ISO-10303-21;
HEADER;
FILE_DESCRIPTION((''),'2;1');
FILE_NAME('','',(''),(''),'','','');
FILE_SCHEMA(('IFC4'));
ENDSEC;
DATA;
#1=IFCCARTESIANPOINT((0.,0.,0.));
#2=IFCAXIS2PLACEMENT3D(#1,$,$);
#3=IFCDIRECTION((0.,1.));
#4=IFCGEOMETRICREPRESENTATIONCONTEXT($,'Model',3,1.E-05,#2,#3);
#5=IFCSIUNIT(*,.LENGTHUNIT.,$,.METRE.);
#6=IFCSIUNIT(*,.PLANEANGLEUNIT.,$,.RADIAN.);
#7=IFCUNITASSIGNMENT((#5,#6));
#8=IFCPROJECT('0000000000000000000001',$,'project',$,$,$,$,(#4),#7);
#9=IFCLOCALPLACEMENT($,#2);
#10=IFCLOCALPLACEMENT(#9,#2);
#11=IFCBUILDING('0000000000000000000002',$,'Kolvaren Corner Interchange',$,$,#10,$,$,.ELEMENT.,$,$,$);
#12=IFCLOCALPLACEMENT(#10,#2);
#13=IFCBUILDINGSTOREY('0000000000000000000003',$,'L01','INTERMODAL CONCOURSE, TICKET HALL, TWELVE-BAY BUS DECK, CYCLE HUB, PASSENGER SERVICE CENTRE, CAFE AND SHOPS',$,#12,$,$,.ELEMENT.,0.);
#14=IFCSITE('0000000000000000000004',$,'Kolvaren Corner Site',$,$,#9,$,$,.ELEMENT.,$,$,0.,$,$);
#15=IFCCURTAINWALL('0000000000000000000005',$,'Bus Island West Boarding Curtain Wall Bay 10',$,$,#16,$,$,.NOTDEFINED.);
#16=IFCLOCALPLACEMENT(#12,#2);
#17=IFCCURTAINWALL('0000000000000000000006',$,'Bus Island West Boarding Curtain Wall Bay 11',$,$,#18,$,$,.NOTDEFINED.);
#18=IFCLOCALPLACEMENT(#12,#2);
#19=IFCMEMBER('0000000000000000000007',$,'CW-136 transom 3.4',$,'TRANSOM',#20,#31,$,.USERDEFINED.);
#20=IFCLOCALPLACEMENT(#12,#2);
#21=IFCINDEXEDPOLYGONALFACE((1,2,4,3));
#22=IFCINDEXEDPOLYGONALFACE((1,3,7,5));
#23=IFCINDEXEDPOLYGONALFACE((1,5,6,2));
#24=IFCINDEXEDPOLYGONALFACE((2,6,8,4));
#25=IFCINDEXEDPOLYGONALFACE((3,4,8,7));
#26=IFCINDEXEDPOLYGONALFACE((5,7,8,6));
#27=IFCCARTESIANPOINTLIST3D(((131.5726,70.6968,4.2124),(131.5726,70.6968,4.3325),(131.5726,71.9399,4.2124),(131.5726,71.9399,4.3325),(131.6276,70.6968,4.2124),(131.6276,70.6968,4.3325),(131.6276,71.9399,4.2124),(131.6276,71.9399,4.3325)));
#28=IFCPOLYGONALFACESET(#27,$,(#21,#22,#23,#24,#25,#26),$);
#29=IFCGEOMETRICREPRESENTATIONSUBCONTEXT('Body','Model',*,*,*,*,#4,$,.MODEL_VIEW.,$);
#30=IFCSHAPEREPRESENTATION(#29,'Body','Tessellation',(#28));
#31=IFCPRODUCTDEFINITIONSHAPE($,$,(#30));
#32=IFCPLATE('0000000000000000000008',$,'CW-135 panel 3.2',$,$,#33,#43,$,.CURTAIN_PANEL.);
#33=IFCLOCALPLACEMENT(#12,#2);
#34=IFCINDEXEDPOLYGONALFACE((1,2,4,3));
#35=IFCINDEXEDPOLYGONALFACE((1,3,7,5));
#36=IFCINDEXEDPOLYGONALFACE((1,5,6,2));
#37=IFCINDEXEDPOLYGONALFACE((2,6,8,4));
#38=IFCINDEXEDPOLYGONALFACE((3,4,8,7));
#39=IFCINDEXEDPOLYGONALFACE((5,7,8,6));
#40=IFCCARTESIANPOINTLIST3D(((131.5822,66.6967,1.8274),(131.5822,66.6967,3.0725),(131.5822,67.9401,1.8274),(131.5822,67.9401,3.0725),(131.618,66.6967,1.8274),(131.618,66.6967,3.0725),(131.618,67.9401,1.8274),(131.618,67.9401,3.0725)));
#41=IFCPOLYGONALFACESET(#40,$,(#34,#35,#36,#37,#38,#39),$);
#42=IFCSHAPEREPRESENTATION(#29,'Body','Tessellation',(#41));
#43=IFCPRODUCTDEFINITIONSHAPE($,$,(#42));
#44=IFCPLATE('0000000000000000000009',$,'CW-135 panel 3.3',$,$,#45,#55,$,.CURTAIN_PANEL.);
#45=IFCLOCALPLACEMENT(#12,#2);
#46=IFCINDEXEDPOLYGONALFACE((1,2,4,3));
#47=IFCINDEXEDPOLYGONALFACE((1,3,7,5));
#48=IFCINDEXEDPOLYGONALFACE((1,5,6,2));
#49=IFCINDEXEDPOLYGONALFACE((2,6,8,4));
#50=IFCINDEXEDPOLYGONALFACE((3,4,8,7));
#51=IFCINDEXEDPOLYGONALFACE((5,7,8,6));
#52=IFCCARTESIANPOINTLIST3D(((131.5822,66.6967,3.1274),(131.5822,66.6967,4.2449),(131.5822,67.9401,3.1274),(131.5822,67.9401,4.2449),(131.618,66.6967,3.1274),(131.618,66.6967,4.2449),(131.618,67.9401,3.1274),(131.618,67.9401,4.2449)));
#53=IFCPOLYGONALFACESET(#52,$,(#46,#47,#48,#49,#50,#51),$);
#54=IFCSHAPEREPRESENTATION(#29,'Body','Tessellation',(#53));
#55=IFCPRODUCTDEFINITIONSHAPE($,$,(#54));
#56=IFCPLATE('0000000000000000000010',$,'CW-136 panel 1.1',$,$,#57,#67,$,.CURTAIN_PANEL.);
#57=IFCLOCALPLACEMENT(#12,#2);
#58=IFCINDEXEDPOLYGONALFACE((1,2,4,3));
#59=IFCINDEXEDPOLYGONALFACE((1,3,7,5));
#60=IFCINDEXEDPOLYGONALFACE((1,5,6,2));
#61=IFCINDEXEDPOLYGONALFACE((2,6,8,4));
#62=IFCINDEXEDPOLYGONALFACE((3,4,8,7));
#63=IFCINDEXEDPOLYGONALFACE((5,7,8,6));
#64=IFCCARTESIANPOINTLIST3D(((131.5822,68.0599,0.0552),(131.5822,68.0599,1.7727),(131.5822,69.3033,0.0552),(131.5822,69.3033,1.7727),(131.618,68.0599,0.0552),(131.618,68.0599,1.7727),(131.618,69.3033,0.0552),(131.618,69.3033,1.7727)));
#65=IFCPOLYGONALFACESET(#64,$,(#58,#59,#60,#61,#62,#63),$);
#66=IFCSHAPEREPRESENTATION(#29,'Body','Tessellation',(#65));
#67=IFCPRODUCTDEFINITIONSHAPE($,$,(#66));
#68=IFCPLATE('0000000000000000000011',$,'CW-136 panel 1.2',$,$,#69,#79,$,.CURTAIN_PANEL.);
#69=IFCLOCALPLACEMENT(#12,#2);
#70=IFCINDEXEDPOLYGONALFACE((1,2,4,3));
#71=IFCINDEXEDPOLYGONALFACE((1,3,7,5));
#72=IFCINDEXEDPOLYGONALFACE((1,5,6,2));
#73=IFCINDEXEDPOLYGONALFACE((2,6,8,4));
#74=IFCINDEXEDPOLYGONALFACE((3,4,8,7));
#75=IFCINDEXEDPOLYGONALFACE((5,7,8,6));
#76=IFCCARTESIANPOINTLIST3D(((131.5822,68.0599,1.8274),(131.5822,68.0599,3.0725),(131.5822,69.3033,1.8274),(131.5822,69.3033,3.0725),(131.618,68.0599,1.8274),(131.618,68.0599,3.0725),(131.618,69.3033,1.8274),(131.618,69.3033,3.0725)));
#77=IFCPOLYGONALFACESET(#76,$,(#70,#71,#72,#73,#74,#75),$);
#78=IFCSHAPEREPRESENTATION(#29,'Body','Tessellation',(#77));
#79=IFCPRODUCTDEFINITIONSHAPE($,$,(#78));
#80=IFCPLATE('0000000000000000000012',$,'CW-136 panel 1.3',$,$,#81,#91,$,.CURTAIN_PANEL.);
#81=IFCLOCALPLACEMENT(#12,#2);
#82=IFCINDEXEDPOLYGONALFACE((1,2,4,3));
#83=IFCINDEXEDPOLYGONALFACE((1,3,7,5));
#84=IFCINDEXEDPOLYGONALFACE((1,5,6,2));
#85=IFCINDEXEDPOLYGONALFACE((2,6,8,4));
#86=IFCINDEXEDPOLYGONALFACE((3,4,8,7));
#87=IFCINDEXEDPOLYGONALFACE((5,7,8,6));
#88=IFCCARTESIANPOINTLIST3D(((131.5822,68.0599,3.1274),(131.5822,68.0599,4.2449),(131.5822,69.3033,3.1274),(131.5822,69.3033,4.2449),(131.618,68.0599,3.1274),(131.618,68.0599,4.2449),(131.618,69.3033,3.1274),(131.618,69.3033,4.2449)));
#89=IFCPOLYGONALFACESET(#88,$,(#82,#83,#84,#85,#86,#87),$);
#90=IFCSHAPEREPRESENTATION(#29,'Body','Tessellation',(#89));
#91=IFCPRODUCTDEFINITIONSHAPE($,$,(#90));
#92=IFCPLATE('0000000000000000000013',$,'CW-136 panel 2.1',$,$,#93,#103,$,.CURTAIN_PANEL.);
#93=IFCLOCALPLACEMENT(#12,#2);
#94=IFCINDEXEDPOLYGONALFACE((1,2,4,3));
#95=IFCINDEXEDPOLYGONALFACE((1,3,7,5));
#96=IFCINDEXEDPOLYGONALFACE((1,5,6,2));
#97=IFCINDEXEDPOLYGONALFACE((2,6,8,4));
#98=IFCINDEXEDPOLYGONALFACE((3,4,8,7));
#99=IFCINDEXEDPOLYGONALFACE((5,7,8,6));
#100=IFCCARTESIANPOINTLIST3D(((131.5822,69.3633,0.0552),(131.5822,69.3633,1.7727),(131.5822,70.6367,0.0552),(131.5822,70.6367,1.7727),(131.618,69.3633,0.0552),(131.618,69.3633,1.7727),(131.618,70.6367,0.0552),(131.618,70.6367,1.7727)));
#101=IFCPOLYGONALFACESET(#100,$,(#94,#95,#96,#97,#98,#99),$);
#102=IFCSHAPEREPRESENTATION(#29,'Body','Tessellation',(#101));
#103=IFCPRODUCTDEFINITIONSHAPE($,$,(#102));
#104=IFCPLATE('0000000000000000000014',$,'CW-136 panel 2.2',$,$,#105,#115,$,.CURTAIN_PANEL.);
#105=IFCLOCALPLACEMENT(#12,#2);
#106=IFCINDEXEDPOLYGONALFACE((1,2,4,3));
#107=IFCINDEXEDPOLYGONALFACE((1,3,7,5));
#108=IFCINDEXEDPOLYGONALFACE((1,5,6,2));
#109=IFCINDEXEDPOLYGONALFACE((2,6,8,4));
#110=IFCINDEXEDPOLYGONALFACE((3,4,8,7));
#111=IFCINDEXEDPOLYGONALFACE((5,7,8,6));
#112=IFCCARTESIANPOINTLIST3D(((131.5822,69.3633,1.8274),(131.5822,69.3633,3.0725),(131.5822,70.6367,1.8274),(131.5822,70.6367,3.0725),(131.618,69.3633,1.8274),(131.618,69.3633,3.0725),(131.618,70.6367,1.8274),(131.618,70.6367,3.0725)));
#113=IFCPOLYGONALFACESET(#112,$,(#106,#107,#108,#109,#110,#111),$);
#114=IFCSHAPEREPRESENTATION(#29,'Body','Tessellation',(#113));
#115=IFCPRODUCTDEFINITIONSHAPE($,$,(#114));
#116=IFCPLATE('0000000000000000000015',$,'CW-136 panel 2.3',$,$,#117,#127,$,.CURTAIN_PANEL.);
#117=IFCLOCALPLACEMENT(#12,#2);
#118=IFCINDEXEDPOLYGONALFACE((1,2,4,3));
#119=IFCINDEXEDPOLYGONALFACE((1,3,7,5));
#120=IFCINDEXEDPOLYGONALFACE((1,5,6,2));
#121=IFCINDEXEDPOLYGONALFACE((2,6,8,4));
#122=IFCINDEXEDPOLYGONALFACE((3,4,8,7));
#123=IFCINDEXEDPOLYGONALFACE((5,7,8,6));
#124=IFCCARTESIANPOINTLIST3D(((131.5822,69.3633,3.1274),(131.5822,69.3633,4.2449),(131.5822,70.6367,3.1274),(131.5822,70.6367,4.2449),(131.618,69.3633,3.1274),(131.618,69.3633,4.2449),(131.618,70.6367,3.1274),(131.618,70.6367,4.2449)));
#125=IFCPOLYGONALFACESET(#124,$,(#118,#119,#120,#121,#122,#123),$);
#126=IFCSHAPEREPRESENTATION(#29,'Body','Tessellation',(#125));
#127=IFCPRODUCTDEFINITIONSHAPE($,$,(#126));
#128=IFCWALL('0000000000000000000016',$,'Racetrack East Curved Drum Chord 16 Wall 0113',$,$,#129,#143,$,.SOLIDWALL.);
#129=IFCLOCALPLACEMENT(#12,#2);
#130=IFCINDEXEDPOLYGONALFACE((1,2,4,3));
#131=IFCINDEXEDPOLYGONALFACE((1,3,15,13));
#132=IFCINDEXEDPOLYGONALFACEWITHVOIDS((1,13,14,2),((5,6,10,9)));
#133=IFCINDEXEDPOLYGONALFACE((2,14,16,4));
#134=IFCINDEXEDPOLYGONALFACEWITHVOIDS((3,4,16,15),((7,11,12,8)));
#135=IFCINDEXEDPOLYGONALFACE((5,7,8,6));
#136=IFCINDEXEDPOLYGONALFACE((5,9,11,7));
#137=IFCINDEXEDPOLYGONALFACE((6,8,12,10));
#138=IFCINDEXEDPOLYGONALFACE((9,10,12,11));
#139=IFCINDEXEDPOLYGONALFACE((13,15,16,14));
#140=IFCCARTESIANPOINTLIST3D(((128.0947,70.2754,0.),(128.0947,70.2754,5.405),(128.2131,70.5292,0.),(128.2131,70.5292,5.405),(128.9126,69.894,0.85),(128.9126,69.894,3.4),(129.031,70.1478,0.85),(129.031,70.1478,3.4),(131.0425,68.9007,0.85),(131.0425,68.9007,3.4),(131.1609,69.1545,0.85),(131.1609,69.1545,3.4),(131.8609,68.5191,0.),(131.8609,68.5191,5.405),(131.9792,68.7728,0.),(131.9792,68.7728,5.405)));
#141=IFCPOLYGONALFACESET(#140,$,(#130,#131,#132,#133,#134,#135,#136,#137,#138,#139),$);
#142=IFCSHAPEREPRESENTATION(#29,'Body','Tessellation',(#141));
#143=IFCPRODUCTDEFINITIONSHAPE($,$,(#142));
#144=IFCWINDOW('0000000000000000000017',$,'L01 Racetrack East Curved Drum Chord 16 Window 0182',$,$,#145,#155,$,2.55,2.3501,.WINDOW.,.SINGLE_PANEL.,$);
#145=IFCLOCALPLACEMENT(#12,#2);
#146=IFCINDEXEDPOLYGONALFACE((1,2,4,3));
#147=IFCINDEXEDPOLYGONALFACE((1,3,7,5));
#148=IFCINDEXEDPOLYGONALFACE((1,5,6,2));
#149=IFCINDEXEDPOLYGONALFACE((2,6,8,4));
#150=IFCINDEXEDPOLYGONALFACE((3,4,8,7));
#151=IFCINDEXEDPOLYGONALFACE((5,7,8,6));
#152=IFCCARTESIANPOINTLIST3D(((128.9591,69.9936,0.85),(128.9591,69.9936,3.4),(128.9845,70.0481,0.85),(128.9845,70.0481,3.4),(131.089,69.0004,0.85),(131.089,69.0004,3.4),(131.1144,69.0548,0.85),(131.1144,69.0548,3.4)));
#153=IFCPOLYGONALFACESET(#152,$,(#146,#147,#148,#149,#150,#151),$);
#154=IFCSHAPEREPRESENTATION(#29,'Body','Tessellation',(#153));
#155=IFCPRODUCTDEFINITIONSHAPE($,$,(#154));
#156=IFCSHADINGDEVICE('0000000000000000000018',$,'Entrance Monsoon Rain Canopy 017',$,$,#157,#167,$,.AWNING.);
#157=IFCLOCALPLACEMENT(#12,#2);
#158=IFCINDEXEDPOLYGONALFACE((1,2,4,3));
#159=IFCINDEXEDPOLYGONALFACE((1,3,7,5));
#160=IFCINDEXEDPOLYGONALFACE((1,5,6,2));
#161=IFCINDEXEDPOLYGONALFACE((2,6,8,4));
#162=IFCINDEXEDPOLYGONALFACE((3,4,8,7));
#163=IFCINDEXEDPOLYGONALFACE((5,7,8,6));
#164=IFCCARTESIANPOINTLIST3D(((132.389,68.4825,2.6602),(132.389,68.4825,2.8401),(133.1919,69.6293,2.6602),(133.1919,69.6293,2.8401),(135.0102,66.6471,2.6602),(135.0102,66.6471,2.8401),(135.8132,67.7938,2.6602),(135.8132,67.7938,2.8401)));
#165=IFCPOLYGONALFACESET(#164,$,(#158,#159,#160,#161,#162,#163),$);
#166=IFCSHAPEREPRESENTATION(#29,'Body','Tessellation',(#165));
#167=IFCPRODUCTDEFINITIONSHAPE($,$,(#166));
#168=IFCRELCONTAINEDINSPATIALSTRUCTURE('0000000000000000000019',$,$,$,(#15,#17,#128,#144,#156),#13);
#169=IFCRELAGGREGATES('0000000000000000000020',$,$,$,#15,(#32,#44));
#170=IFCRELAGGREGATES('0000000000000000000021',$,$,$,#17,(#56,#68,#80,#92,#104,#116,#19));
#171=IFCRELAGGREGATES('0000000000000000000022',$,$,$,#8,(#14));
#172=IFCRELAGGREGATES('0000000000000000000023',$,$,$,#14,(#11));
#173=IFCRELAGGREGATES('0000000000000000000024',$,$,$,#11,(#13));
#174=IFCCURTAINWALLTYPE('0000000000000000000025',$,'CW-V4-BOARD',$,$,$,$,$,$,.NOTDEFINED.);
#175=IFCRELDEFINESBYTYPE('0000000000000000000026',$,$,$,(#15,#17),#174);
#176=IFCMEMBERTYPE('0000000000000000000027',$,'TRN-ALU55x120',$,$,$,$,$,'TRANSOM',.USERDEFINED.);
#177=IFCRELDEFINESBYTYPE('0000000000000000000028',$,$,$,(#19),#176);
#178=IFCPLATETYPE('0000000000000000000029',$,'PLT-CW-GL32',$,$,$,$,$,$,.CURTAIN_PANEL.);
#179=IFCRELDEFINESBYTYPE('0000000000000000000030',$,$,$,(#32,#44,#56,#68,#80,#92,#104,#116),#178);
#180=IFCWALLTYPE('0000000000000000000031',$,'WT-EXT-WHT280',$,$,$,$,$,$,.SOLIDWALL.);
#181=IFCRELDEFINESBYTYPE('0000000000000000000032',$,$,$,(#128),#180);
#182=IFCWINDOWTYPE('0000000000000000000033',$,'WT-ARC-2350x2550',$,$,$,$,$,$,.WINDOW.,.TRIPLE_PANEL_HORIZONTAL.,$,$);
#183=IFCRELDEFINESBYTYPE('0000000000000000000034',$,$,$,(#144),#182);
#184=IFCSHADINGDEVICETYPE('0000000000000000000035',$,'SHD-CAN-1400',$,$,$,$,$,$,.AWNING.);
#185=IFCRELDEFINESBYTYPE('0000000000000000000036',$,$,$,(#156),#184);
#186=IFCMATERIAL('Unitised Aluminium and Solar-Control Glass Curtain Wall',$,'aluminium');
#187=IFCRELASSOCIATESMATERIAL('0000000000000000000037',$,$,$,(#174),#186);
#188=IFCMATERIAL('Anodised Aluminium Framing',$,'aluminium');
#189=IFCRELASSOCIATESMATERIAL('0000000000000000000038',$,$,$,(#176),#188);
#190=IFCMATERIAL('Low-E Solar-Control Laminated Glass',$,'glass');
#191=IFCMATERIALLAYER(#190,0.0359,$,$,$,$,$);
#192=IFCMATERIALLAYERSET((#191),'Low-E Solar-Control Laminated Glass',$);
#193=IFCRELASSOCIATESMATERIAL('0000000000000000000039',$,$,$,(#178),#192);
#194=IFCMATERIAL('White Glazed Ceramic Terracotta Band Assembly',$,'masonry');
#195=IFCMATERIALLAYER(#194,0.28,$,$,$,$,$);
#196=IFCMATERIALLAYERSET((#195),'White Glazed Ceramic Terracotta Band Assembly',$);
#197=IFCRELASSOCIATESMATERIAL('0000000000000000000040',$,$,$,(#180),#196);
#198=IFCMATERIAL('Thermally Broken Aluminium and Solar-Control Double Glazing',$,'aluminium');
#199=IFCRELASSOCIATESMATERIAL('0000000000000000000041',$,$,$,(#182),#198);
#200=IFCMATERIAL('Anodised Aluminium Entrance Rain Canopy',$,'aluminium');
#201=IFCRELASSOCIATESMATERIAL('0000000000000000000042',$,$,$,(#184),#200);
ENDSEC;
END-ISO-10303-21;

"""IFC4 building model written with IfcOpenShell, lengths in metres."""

from ifc_helpers import new_model, si_unit, direction, frame, frame_2d, origin, origin_2d, place, context, subcontext, project, spatial, rectangle, extrude, material, layer, layer_set, material_profile, profile_set, type_object, element, fill, aggregate, save


model = new_model("IFC4")

# Units and contexts
model_context = context("Model", 3, precision=1e-05, world=origin(), true_north=direction((0.0, 1.0)))
body_context = subcontext(model_context, "Body", "Model", "MODEL_VIEW")
ifc_project = project(units=[si_unit("LENGTHUNIT", "METRE"), si_unit("PLANEANGLEUNIT", "RADIAN")], contexts=[model_context])

# Site, building, storey
site_placement = place(None, origin())
site = spatial("IfcSite", under=ifc_project, at=site_placement, Name="Kolvaren Corner Site", CompositionType="ELEMENT", RefElevation=0.0)
building_placement = place(site_placement, origin())
building = spatial("IfcBuilding", under=site, at=building_placement, Name="Kolvaren Corner Interchange", CompositionType="ELEMENT")
storey_placement = place(building_placement, origin())
storey = spatial("IfcBuildingStorey", under=building, at=storey_placement, Name="L01", Description="INTERMODAL CONCOURSE, TICKET HALL, TWELVE-BAY BUS DECK, CYCLE HUB, PASSENGER SERVICE CENTRE, CAFE AND SHOPS", CompositionType="ELEMENT", Elevation=0.0)

# Curtain wall
ifc_material_1 = material(Name="Unitised Aluminium and Solar-Control Glass Curtain Wall", Category="aluminium")
curtain_wall_type = type_object("IfcCurtainWallType", Name="CW-V4-BOARD", PredefinedType="NOTDEFINED", material=ifc_material_1)
curtain_wall_1_placement = place(storey_placement, origin())
curtain_wall_1 = element("IfcCurtainWall", 1, at=curtain_wall_1_placement, inside=storey, type_object=curtain_wall_type, Name="Bus Island West Boarding Curtain Wall Bay 10", PredefinedType="NOTDEFINED")

# Curtain wall, member
curtain_wall_2_placement = place(storey_placement, origin())
curtain_wall_2 = element("IfcCurtainWall", 2, at=curtain_wall_2_placement, inside=storey, type_object=curtain_wall_type, Name="Bus Island West Boarding Curtain Wall Bay 11", PredefinedType="NOTDEFINED")
ifc_material_2 = material(Name="Anodised Aluminium Framing", Category="aluminium")
ifc_material_profile_1 = material_profile(ifc_material_2, rectangle(XDim=0.0549, YDim=0.1201, at=origin_2d()), Name="ALU 55x120")
ifc_profile_set_1 = profile_set([ifc_material_profile_1], Name="Anodised Aluminium Framing")
member_type_1 = type_object("IfcMemberType", Name="TRN-ALU55x120", ElementType="TRANSOM", PredefinedType="USERDEFINED", material=ifc_profile_set_1)
member_1_placement = place(storey_placement, frame((131.6001, 70.6968, 4.2725), z_axis=(0.0, 1.0, 0.0), x_axis=(-1.0, 0.0, 0.0)))
member_1 = element("IfcMember", 3, at=member_1_placement, type_object=member_type_1, Name="CW-136 transom 3.4", ObjectType="TRANSOM", PredefinedType="USERDEFINED", context=body_context, shape_type="SweptSolid", body=[
    extrude(rectangle(XDim=0.0549, YDim=0.1201, at=origin_2d()), origin(), (0.0, 0.0, 1.0), 1.2432),
])

# Plates
ifc_material_3 = material(Name="Low-E Solar-Control Laminated Glass", Category="glass")
ifc_layer_1 = layer(ifc_material_3, 0.0359)
ifc_layer_set_1 = layer_set([ifc_layer_1], Name="Low-E Solar-Control Laminated Glass")
plate_type = type_object("IfcPlateType", Name="PLT-CW-GL32", PredefinedType="CURTAIN_PANEL", material=ifc_layer_set_1)
plate_1_placement = place(storey_placement, frame((131.6001, 67.3184, 1.8274), z_axis=(0.0, 0.0, 1.0), x_axis=(0.0, 1.0, 0.0)))
plate_1 = element("IfcPlate", 4, at=plate_1_placement, type_object=plate_type, Name="CW-135 panel 3.2", PredefinedType="CURTAIN_PANEL", context=body_context, shape_type="SweptSolid", body=[
    extrude(rectangle(XDim=1.2434, YDim=0.0359, at=origin_2d()), origin(), (0.0, 0.0, 1.0), 1.2451),
])
plate_2_placement = place(storey_placement, frame((131.6001, 67.3184, 3.1274), z_axis=(0.0, 0.0, 1.0), x_axis=(0.0, 1.0, 0.0)))
plate_2 = element("IfcPlate", 5, at=plate_2_placement, type_object=plate_type, Name="CW-135 panel 3.3", PredefinedType="CURTAIN_PANEL", context=body_context, shape_type="SweptSolid", body=[
    extrude(rectangle(XDim=1.2434, YDim=0.0359, at=origin_2d()), origin(), (0.0, 0.0, 1.0), 1.1174),
])
aggregate(curtain_wall_1, [plate_1, plate_2])
plate_3_placement = place(storey_placement, frame((131.6001, 68.6816, 0.0552), z_axis=(0.0, 0.0, 1.0), x_axis=(0.0, 1.0, 0.0)))
plate_3 = element("IfcPlate", 6, at=plate_3_placement, type_object=plate_type, Name="CW-136 panel 1.1", PredefinedType="CURTAIN_PANEL", context=body_context, shape_type="SweptSolid", body=[
    extrude(rectangle(XDim=1.2434, YDim=0.0359, at=origin_2d()), origin(), (0.0, 0.0, 1.0), 1.7175),
])
plate_4_placement = place(storey_placement, frame((131.6001, 68.6816, 1.8274), z_axis=(0.0, 0.0, 1.0), x_axis=(0.0, 1.0, 0.0)))
plate_4 = element("IfcPlate", 7, at=plate_4_placement, type_object=plate_type, Name="CW-136 panel 1.2", PredefinedType="CURTAIN_PANEL", context=body_context, shape_type="SweptSolid", body=[
    extrude(rectangle(XDim=1.2434, YDim=0.0359, at=origin_2d()), origin(), (0.0, 0.0, 1.0), 1.2451),
])
plate_5_placement = place(storey_placement, frame((131.6001, 68.6816, 3.1274), z_axis=(0.0, 0.0, 1.0), x_axis=(0.0, 1.0, 0.0)))
plate_5 = element("IfcPlate", 8, at=plate_5_placement, type_object=plate_type, Name="CW-136 panel 1.3", PredefinedType="CURTAIN_PANEL", context=body_context, shape_type="SweptSolid", body=[
    extrude(rectangle(XDim=1.2434, YDim=0.0359, at=origin_2d()), origin(), (0.0, 0.0, 1.0), 1.1174),
])
plate_6_placement = place(storey_placement, frame((131.6001, 70.0, 0.0552), z_axis=(0.0, 0.0, 1.0), x_axis=(0.0, 1.0, 0.0)))
plate_6 = element("IfcPlate", 9, at=plate_6_placement, type_object=plate_type, Name="CW-136 panel 2.1", PredefinedType="CURTAIN_PANEL", context=body_context, shape_type="SweptSolid", body=[
    extrude(rectangle(XDim=1.2734, YDim=0.0359, at=origin_2d()), origin(), (0.0, 0.0, 1.0), 1.7175),
])
plate_7_placement = place(storey_placement, frame((131.6001, 70.0, 1.8274), z_axis=(0.0, 0.0, 1.0), x_axis=(0.0, 1.0, 0.0)))
plate_7 = element("IfcPlate", 10, at=plate_7_placement, type_object=plate_type, Name="CW-136 panel 2.2", PredefinedType="CURTAIN_PANEL", context=body_context, shape_type="SweptSolid", body=[
    extrude(rectangle(XDim=1.2734, YDim=0.0359, at=origin_2d()), origin(), (0.0, 0.0, 1.0), 1.2451),
])
plate_8_placement = place(storey_placement, frame((131.6001, 70.0, 3.1274), z_axis=(0.0, 0.0, 1.0), x_axis=(0.0, 1.0, 0.0)))
plate_8 = element("IfcPlate", 11, at=plate_8_placement, type_object=plate_type, Name="CW-136 panel 2.3", PredefinedType="CURTAIN_PANEL", context=body_context, shape_type="SweptSolid", body=[
    extrude(rectangle(XDim=1.2734, YDim=0.0359, at=origin_2d()), origin(), (0.0, 0.0, 1.0), 1.1174),
])
aggregate(curtain_wall_2, [plate_3, plate_4, plate_5, plate_6, plate_7, plate_8, member_1])

# Wall, opening, window
ifc_material_4 = material(Name="White Glazed Ceramic Terracotta Band Assembly", Category="masonry")
ifc_layer_2 = layer(ifc_material_4, 0.28)
ifc_layer_set_2 = layer_set([ifc_layer_2], Name="White Glazed Ceramic Terracotta Band Assembly")
wall_type = type_object("IfcWallType", Name="WT-EXT-WHT280", PredefinedType="SOLIDWALL", material=ifc_layer_set_2)
wall_placement = place(storey_placement, frame((131.9199, 68.646, 0.0), z_axis=(0.0, 0.0, 1.0), x_axis=(-0.906291, 0.422654, 0.0)))
wall = element("IfcWall", 12, at=wall_placement, inside=storey, type_object=wall_type, Name="Racetrack East Curved Drum Chord 16 Wall 0113", PredefinedType="SOLIDWALL", context=body_context, shape_type="SweptSolid", body=[
    extrude(rectangle(XDim=4.1555, YDim=0.28, at=frame_2d((2.0776, 0.0))), origin(), (0.0, 0.0, 1.0), 5.405),
])
opening_placement = place(wall_placement, frame((0.9028, 0.0, 0.8501)))
opening = element("IfcOpeningElement", 13, at=opening_placement, cuts=wall, PredefinedType="OPENING", context=body_context, shape_type="SweptSolid", body=[
    extrude(rectangle(XDim=2.3501, YDim=2.55, at=frame_2d((1.175, 1.2749))), frame((0.0, 0.1499, 0.0), z_axis=(0.0, -1.0, 0.0), x_axis=(1.0, 0.0, 0.0)), (0.0, 0.0, 1.0), 0.3),
])
ifc_material_5 = material(Name="Thermally Broken Aluminium and Solar-Control Double Glazing", Category="aluminium")
window_type = type_object("IfcWindowType", Name="WT-ARC-2350x2550", PartitioningType="TRIPLE_PANEL_HORIZONTAL", PredefinedType="WINDOW", material=ifc_material_5)
window_placement = place(opening_placement, origin())
window = element("IfcWindow", 14, at=window_placement, inside=storey, type_object=window_type, Name="L01 Racetrack East Curved Drum Chord 16 Window 0182", OverallHeight=2.55, OverallWidth=2.3501, PartitioningType="SINGLE_PANEL", PredefinedType="WINDOW", context=body_context, shape_type="SweptSolid", body=[
    extrude(rectangle(XDim=2.3501, YDim=2.55, at=frame_2d((1.175, 1.2749))), frame((0.0, 0.03, 0.0), z_axis=(0.0, -1.0, 0.0), x_axis=(1.0, 0.0, 0.0)), (0.0, 0.0, 1.0), 0.0601),
])
fill(opening, window)

# Shading device
ifc_material_6 = material(Name="Anodised Aluminium Entrance Rain Canopy", Category="aluminium")
shading_device_type = type_object("IfcShadingDeviceType", Name="SHD-CAN-1400", PredefinedType="AWNING", material=ifc_material_6)
shading_device_placement = place(storey_placement, frame((134.1011, 68.1382, 2.6602), z_axis=(0.0, 0.0, 1.0), x_axis=(-0.819152, 0.573576, 0.0)))
element("IfcShadingDevice", 15, at=shading_device_placement, inside=storey, type_object=shading_device_type, Name="Entrance Monsoon Rain Canopy 017", PredefinedType="AWNING", context=body_context, shape_type="SweptSolid", body=[
    extrude(rectangle(XDim=3.2, YDim=1.3999, at=origin_2d()), origin(), (0.0, 0.0, 1.0), 0.1799),
])

save(model, "model.ifc")
